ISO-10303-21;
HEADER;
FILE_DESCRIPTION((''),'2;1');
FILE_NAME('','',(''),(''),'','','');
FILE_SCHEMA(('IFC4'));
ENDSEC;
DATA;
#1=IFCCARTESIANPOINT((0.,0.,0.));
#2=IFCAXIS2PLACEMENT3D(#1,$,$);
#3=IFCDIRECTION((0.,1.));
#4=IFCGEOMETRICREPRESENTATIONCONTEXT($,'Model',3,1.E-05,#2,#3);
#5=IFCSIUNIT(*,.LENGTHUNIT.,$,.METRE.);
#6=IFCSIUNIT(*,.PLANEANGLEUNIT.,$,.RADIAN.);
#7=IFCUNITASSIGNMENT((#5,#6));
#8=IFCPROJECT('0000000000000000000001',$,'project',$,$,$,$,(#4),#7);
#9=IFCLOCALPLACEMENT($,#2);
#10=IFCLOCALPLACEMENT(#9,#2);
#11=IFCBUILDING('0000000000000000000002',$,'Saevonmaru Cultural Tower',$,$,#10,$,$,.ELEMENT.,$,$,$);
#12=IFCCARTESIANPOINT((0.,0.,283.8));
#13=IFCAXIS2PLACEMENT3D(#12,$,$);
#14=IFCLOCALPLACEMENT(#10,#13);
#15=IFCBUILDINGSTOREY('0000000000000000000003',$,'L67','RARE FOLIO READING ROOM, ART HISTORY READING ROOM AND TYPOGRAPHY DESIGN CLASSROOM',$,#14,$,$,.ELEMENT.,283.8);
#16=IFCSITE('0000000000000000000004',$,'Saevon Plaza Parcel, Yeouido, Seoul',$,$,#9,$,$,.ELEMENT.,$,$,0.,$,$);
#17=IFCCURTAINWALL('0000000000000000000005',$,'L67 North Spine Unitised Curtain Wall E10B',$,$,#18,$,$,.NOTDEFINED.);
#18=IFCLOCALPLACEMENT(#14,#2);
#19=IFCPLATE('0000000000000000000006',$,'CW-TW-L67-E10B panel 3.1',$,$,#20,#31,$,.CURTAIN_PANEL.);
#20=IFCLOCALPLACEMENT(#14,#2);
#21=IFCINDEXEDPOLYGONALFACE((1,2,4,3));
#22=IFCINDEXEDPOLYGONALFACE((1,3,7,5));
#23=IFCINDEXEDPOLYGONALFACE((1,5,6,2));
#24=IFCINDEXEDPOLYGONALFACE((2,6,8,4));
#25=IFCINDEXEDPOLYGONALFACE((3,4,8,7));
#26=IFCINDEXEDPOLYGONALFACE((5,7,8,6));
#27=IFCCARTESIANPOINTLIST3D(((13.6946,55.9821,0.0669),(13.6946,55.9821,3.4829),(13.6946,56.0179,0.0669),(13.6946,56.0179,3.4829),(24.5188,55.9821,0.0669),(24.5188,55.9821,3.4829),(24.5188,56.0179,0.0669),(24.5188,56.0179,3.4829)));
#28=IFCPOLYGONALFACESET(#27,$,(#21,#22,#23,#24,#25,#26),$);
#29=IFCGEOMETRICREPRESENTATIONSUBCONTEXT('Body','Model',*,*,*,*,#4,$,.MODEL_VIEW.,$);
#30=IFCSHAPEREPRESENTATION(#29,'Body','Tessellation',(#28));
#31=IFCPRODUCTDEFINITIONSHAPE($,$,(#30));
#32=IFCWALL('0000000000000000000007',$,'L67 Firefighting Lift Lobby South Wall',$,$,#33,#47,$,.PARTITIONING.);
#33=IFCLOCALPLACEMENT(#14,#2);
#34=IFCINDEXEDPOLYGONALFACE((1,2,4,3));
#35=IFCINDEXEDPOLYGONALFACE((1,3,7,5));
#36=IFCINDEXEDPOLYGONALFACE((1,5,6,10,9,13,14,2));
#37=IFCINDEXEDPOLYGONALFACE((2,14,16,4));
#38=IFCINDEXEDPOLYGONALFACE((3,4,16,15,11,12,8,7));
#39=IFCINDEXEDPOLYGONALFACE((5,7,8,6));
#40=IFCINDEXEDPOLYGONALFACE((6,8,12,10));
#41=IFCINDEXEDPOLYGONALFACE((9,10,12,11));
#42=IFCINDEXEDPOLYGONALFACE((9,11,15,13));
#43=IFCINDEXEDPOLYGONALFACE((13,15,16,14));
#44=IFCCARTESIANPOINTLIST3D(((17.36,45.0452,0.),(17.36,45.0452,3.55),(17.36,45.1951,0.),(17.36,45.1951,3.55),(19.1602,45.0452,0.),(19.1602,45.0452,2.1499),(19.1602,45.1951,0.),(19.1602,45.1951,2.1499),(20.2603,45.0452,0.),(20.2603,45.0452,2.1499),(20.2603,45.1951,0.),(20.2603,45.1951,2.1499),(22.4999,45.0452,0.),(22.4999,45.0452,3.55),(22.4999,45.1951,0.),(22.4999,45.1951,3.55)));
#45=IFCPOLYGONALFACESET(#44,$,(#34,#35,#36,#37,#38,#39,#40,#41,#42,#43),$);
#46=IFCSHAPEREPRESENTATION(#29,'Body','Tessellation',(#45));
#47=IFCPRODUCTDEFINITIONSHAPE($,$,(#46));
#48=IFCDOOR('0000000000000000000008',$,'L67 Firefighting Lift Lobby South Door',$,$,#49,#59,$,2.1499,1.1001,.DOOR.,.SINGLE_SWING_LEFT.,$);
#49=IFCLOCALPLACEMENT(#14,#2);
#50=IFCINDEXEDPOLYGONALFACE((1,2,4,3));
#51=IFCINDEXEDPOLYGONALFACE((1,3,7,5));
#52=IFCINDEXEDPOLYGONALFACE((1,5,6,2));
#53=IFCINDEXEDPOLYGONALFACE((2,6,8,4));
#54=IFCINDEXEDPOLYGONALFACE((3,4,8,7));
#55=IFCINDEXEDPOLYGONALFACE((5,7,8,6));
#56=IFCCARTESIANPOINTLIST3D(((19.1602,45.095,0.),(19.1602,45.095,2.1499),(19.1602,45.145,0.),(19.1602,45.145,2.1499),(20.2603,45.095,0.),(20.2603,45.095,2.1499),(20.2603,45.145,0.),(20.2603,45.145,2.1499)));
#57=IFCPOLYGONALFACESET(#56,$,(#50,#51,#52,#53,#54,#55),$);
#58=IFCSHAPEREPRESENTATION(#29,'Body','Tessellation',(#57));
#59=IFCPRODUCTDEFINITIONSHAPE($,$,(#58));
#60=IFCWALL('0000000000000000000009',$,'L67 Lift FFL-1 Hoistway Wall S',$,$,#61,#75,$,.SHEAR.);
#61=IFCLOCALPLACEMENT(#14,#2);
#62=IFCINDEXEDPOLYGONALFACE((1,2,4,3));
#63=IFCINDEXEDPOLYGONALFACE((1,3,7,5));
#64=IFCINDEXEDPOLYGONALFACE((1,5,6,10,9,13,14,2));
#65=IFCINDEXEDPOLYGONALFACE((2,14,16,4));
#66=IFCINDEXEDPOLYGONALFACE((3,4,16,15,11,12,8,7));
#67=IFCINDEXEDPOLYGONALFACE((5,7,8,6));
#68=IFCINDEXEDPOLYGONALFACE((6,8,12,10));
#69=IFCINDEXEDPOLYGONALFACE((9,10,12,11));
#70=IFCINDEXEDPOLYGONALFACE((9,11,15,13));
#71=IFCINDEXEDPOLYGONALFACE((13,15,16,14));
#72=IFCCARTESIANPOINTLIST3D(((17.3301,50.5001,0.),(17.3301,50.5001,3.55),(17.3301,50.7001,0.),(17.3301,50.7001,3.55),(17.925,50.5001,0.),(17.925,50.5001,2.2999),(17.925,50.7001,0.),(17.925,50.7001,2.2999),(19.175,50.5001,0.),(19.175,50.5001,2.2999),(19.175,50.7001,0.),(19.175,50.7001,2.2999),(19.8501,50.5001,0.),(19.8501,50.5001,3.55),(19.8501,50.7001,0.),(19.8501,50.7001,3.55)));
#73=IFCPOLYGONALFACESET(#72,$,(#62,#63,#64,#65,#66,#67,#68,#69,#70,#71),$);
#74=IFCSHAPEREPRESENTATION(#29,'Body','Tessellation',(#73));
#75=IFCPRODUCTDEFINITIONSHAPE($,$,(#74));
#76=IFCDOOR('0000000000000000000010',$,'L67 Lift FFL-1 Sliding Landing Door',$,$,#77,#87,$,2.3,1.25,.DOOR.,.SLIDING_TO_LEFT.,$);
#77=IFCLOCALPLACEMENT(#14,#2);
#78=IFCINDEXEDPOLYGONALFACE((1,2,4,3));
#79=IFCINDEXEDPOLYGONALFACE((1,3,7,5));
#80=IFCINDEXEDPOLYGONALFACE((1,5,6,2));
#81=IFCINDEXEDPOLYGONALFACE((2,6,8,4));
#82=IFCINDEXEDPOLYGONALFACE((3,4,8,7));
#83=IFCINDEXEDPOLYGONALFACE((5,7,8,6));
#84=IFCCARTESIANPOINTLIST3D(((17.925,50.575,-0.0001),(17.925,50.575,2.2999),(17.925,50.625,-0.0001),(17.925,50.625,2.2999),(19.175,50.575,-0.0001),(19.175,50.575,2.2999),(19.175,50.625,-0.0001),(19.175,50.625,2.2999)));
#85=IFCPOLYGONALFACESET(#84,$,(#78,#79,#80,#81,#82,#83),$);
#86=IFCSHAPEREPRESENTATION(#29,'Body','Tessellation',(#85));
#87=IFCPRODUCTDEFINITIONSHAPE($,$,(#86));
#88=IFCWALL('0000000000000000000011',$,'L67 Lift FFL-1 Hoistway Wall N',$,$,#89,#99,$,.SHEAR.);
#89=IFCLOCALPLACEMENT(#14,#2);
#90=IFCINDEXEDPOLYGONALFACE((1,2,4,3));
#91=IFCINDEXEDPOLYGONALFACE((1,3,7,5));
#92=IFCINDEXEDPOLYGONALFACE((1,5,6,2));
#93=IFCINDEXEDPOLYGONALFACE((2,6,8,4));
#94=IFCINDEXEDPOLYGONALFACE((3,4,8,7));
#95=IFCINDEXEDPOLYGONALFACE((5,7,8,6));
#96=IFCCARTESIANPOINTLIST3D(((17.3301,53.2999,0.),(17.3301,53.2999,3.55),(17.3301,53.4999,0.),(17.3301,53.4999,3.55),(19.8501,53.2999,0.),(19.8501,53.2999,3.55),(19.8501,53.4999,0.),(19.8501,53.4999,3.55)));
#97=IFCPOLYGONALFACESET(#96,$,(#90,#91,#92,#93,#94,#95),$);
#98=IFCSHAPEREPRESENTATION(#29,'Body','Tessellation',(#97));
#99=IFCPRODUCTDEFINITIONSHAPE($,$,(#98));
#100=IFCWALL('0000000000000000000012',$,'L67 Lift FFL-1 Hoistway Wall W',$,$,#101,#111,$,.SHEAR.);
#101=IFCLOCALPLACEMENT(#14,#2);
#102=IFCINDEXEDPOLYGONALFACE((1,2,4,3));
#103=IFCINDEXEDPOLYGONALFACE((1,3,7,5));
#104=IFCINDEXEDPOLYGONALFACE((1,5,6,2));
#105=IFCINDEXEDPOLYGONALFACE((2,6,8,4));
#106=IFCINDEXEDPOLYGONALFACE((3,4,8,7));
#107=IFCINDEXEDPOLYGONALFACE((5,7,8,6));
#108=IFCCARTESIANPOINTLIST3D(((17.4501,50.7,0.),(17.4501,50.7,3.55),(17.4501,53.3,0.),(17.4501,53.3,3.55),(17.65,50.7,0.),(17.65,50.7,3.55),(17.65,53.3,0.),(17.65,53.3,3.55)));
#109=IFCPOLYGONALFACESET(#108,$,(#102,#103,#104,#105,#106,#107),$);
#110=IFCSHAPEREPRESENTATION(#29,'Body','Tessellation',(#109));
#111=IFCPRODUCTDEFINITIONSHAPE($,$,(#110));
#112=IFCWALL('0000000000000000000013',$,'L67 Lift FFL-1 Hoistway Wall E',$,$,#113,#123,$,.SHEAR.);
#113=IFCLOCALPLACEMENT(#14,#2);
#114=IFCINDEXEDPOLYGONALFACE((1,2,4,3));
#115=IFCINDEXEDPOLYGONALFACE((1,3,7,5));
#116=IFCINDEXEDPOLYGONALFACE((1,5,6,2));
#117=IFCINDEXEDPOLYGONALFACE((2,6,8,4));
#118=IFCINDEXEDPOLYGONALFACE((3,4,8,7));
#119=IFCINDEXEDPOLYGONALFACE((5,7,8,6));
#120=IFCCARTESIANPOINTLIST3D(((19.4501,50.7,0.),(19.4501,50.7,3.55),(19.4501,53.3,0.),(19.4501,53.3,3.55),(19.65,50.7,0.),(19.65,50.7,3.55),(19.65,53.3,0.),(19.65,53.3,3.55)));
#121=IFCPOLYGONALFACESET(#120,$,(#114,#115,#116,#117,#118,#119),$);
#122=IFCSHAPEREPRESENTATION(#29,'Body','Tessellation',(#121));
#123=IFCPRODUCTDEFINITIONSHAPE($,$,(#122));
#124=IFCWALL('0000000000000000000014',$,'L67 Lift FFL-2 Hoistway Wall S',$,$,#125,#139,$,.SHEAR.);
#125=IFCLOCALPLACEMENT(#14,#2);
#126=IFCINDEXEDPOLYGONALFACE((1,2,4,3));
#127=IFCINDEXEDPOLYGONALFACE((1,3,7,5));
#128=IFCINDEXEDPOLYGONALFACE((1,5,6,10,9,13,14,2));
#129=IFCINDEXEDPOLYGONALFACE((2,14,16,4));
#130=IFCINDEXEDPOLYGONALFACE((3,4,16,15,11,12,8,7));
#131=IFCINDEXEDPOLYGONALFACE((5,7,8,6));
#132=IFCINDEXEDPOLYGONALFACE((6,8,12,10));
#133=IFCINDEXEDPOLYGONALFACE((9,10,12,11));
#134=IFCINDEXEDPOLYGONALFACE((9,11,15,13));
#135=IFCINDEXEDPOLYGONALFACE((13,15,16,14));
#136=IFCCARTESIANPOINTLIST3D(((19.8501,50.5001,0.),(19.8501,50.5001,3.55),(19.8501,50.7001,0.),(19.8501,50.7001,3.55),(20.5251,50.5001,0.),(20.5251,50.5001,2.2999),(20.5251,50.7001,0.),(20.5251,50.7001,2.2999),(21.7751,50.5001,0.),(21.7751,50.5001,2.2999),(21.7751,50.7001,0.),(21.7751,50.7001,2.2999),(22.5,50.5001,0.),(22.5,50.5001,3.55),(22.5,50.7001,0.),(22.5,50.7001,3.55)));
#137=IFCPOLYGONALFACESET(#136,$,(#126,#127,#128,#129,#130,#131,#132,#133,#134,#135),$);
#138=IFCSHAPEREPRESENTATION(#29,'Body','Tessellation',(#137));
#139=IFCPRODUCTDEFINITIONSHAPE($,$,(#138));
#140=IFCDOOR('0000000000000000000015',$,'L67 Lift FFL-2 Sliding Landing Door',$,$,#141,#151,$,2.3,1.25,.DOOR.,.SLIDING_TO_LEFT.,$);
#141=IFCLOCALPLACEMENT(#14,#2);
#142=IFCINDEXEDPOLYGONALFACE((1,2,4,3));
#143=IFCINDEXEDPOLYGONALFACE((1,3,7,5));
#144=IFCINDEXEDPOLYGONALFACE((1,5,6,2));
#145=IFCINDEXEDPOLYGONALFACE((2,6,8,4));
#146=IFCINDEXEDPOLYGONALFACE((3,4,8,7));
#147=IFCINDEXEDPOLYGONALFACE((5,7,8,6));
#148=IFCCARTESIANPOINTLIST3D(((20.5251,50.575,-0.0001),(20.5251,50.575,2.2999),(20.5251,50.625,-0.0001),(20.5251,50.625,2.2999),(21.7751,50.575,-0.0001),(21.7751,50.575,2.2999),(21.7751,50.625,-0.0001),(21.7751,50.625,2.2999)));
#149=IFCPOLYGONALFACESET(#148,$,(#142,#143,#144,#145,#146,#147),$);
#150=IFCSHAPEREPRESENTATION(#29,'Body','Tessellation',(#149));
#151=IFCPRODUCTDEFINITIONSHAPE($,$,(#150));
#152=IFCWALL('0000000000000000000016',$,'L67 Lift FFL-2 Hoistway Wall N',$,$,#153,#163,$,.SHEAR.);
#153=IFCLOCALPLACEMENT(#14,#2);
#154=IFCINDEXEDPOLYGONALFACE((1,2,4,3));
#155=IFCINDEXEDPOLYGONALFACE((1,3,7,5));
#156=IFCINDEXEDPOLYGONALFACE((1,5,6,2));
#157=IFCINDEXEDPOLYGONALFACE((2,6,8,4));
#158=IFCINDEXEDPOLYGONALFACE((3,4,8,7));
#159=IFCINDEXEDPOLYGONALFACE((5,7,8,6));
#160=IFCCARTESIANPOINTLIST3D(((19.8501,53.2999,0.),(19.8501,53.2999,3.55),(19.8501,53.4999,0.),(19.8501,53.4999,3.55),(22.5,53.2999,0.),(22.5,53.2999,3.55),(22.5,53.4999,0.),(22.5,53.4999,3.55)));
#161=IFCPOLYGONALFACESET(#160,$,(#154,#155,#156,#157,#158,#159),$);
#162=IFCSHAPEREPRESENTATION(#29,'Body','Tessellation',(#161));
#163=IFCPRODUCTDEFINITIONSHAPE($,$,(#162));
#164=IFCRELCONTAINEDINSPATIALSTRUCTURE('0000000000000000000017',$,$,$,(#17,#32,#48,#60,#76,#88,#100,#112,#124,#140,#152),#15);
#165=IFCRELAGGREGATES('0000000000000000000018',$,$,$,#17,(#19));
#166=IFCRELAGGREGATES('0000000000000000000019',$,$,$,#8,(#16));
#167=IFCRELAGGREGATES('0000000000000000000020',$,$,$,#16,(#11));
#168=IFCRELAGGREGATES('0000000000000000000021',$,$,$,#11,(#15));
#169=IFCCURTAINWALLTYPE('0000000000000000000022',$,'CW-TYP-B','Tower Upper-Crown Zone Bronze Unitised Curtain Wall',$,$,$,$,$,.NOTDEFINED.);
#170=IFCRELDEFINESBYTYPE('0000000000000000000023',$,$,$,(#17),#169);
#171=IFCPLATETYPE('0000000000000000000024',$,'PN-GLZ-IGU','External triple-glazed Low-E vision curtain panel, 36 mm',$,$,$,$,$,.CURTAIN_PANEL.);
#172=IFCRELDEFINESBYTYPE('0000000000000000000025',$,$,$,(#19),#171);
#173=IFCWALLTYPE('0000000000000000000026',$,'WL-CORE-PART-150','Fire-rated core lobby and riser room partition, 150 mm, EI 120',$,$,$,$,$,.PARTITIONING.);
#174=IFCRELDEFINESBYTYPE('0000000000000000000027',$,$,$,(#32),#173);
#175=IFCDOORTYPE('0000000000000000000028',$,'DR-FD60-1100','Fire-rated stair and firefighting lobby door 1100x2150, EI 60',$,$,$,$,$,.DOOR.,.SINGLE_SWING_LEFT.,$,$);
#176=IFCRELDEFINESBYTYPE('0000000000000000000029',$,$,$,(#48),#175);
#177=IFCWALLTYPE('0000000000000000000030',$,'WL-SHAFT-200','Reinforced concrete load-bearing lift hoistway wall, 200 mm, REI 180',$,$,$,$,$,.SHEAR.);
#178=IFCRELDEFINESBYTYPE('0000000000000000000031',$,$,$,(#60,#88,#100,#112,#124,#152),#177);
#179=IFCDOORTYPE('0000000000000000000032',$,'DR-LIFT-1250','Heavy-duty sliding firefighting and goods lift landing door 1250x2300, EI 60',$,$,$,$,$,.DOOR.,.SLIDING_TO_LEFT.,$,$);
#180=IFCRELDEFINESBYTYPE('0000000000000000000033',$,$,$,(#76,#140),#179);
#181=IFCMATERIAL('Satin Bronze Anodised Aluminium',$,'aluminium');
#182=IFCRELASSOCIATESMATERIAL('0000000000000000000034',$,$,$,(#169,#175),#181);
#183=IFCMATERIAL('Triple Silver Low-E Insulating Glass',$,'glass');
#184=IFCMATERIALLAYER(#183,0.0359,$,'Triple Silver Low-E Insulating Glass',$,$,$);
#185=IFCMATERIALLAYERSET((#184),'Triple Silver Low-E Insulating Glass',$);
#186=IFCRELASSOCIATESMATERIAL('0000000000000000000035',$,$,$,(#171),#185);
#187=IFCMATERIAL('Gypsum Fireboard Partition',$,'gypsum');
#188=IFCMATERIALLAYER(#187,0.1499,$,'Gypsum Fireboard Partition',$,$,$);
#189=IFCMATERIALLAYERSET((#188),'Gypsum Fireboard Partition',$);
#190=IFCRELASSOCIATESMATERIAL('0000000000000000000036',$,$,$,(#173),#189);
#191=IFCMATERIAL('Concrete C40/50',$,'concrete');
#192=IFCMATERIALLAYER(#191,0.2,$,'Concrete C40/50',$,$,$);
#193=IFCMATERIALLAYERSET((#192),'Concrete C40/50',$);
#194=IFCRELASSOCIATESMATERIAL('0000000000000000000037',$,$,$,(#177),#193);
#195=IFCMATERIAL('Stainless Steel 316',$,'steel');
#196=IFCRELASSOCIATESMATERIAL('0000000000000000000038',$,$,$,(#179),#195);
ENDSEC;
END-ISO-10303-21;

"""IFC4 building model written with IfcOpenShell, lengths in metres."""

from ifc_helpers import new_model, si_unit, direction, frame, frame_2d, origin, origin_2d, place, context, subcontext, project, spatial, rectangle, extrude, material, layer, layer_set, type_object, element, fill, aggregate, save


model = new_model("IFC4")

# Units and contexts
model_context = context("Model", 3, precision=1e-05, world=origin(), true_north=direction((0.0, 1.0)))
body_context = subcontext(model_context, "Body", "Model", "MODEL_VIEW")
ifc_project = project(units=[si_unit("LENGTHUNIT", "METRE"), si_unit("PLANEANGLEUNIT", "RADIAN")], contexts=[model_context])

# Site, building, storey
site_placement = place(None, origin())
site = spatial("IfcSite", under=ifc_project, at=site_placement, Name="Saevon Plaza Parcel, Yeouido, Seoul", CompositionType="ELEMENT", RefElevation=0.0)
building_placement = place(site_placement, origin())
building = spatial("IfcBuilding", under=site, at=building_placement, Name="Saevonmaru Cultural Tower", CompositionType="ELEMENT")
storey_placement = place(building_placement, frame((0.0, 0.0, 283.8)))
storey = spatial("IfcBuildingStorey", under=building, at=storey_placement, Name="L67", Description="RARE FOLIO READING ROOM, ART HISTORY READING ROOM AND TYPOGRAPHY DESIGN CLASSROOM", CompositionType="ELEMENT", Elevation=283.8)

# Curtain wall, plate
ifc_material_1 = material(Name="Satin Bronze Anodised Aluminium", Category="aluminium")
curtain_wall_type = type_object("IfcCurtainWallType", Name="CW-TYP-B", Description="Tower Upper-Crown Zone Bronze Unitised Curtain Wall", PredefinedType="NOTDEFINED", material=ifc_material_1)
curtain_wall_placement = place(storey_placement, origin())
curtain_wall = element("IfcCurtainWall", 1, at=curtain_wall_placement, inside=storey, type_object=curtain_wall_type, Name="L67 North Spine Unitised Curtain Wall E10B", PredefinedType="NOTDEFINED")
ifc_material_2 = material(Name="Triple Silver Low-E Insulating Glass", Category="glass")
ifc_layer_1 = layer(ifc_material_2, 0.0359, Name="Triple Silver Low-E Insulating Glass")
ifc_layer_set_1 = layer_set([ifc_layer_1], Name="Triple Silver Low-E Insulating Glass")
plate_type = type_object("IfcPlateType", Name="PN-GLZ-IGU", Description="External triple-glazed Low-E vision curtain panel, 36 mm", PredefinedType="CURTAIN_PANEL", material=ifc_layer_set_1)
plate_placement = place(storey_placement, frame((19.1067, 56.0, 0.0669), z_axis=(0.0, 0.0, 1.0), x_axis=(-1.0, 0.0, 0.0)))
plate = element("IfcPlate", 2, at=plate_placement, type_object=plate_type, Name="CW-TW-L67-E10B panel 3.1", PredefinedType="CURTAIN_PANEL", context=body_context, shape_type="SweptSolid", body=[
    extrude(rectangle(XDim=10.8242, YDim=0.0359, at=origin_2d()), origin(), (0.0, 0.0, 1.0), 3.416),
])
aggregate(curtain_wall, [plate])

# Walls, openings, doors
ifc_material_3 = material(Name="Gypsum Fireboard Partition", Category="gypsum")
ifc_layer_2 = layer(ifc_material_3, 0.1499, Name="Gypsum Fireboard Partition")
ifc_layer_set_2 = layer_set([ifc_layer_2], Name="Gypsum Fireboard Partition")
wall_type_1 = type_object("IfcWallType", Name="WL-CORE-PART-150", Description="Fire-rated core lobby and riser room partition, 150 mm, EI 120", PredefinedType="PARTITIONING", material=ifc_layer_set_2)
wall_1_placement = place(storey_placement, frame((17.3601, 45.1201, 0.0), z_axis=(0.0, 0.0, 1.0), x_axis=(1.0, 0.0, 0.0)))
wall_1 = element("IfcWall", 3, at=wall_1_placement, inside=storey, type_object=wall_type_1, Name="L67 Firefighting Lift Lobby South Wall", PredefinedType="PARTITIONING", context=body_context, shape_type="SweptSolid", body=[
    extrude(rectangle(XDim=5.1399, YDim=0.1499, at=frame_2d((2.5698, 0.0))), origin(), (0.0, 0.0, 1.0), 3.55),
])
opening_1_placement = place(wall_1_placement, frame((1.8, 0.0, 0.0)))
opening_1 = element("IfcOpeningElement", 4, at=opening_1_placement, cuts=wall_1, PredefinedType="OPENING", context=body_context, shape_type="SweptSolid", body=[
    extrude(rectangle(XDim=1.1001, YDim=2.1499, at=frame_2d((0.55, 1.075))), frame((0.0, 0.085, 0.0), z_axis=(0.0, -1.0, 0.0), x_axis=(1.0, 0.0, 0.0)), (0.0, 0.0, 1.0), 0.1699),
])
door_type_1 = type_object("IfcDoorType", Name="DR-FD60-1100", Description="Fire-rated stair and firefighting lobby door 1100x2150, EI 60", OperationType="SINGLE_SWING_LEFT", PredefinedType="DOOR", material=ifc_material_1)
door_1_placement = place(opening_1_placement, origin())
door_1 = element("IfcDoor", 5, at=door_1_placement, inside=storey, type_object=door_type_1, Name="L67 Firefighting Lift Lobby South Door", OperationType="SINGLE_SWING_LEFT", OverallHeight=2.1499, OverallWidth=1.1001, PredefinedType="DOOR", context=body_context, shape_type="SweptSolid", body=[
    extrude(rectangle(XDim=1.1001, YDim=2.1499, at=frame_2d((0.55, 1.075))), frame((0.0, 0.0249, 0.0), z_axis=(0.0, -1.0, 0.0), x_axis=(1.0, 0.0, 0.0)), (0.0, 0.0, 1.0), 0.05),
])
fill(opening_1, door_1)
ifc_material_4 = material(Name="Concrete C40/50", Category="concrete")
ifc_layer_3 = layer(ifc_material_4, 0.2, Name="Concrete C40/50")
ifc_layer_set_3 = layer_set([ifc_layer_3], Name="Concrete C40/50")
wall_type_2 = type_object("IfcWallType", Name="WL-SHAFT-200", Description="Reinforced concrete load-bearing lift hoistway wall, 200 mm, REI 180", PredefinedType="SHEAR", material=ifc_layer_set_3)
wall_2_placement = place(storey_placement, frame((17.3301, 50.6001, 0.0), z_axis=(0.0, 0.0, 1.0), x_axis=(1.0, 0.0, 0.0)))
wall_2 = element("IfcWall", 6, at=wall_2_placement, inside=storey, type_object=wall_type_2, Name="L67 Lift FFL-1 Hoistway Wall S", PredefinedType="SHEAR", context=body_context, shape_type="SweptSolid", body=[
    extrude(rectangle(XDim=2.52, YDim=0.2, at=frame_2d((1.26, 0.0))), origin(), (0.0, 0.0, 1.0), 3.55),
])
opening_2_placement = place(wall_2_placement, frame((0.595, 0.0, 0.0)))
opening_2 = element("IfcOpeningElement", 7, at=opening_2_placement, cuts=wall_2, PredefinedType="OPENING", context=body_context, shape_type="SweptSolid", body=[
    extrude(rectangle(XDim=1.25, YDim=2.3, at=frame_2d((0.625, 1.1499))), frame((0.0, 0.1099, 0.0), z_axis=(0.0, -1.0, 0.0), x_axis=(1.0, 0.0, 0.0)), (0.0, 0.0, 1.0), 0.22),
])
ifc_material_5 = material(Name="Stainless Steel 316", Category="steel")
door_type_2 = type_object("IfcDoorType", Name="DR-LIFT-1250", Description="Heavy-duty sliding firefighting and goods lift landing door 1250x2300, EI 60", OperationType="SLIDING_TO_LEFT", PredefinedType="DOOR", material=ifc_material_5)
door_2_placement = place(opening_2_placement, origin())
door_2 = element("IfcDoor", 8, at=door_2_placement, inside=storey, type_object=door_type_2, Name="L67 Lift FFL-1 Sliding Landing Door", OperationType="SLIDING_TO_LEFT", OverallHeight=2.3, OverallWidth=1.25, PredefinedType="DOOR", context=body_context, shape_type="SweptSolid", body=[
    extrude(rectangle(XDim=1.25, YDim=2.3, at=frame_2d((0.625, 1.1499))), frame((0.0, 0.0249, 0.0), z_axis=(0.0, -1.0, 0.0), x_axis=(1.0, 0.0, 0.0)), (0.0, 0.0, 1.0), 0.05),
])
fill(opening_2, door_2)

# Walls
wall_3_placement = place(storey_placement, frame((17.3301, 53.3999, 0.0), z_axis=(0.0, 0.0, 1.0), x_axis=(1.0, 0.0, 0.0)))
element("IfcWall", 9, at=wall_3_placement, inside=storey, type_object=wall_type_2, Name="L67 Lift FFL-1 Hoistway Wall N", PredefinedType="SHEAR", context=body_context, shape_type="SweptSolid", body=[
    extrude(rectangle(XDim=2.52, YDim=0.2, at=frame_2d((1.26, 0.0))), origin(), (0.0, 0.0, 1.0), 3.55),
])
for number, where, z_axis, x_axis, name in (
    (10, (17.55, 50.7, 0.0), (0.0, 0.0, 1.0), (0.0, 1.0, 0.0), "L67 Lift FFL-1 Hoistway Wall W"),
    (11, (19.55, 50.7, 0.0), (0.0, 0.0, 1.0), (0.0, 1.0, 0.0), "L67 Lift FFL-1 Hoistway Wall E"),
):
    element("IfcWall", number, at=place(storey_placement, frame(where, z_axis=z_axis, x_axis=x_axis)), inside=storey, type_object=wall_type_2, Name=name, PredefinedType="SHEAR", context=body_context, shape_type="SweptSolid", body=[
        extrude(rectangle(XDim=2.6001, YDim=0.2, at=frame_2d((1.3, 0.0))), origin(), (0.0, 0.0, 1.0), 3.55),
    ])

# Wall, opening, door
wall_4_placement = place(storey_placement, frame((19.8501, 50.6001, 0.0), z_axis=(0.0, 0.0, 1.0), x_axis=(1.0, 0.0, 0.0)))
wall_4 = element("IfcWall", 12, at=wall_4_placement, inside=storey, type_object=wall_type_2, Name="L67 Lift FFL-2 Hoistway Wall S", PredefinedType="SHEAR", context=body_context, shape_type="SweptSolid", body=[
    extrude(rectangle(XDim=2.6499, YDim=0.2, at=frame_2d((1.325, 0.0))), origin(), (0.0, 0.0, 1.0), 3.55),
])
opening_3_placement = place(wall_4_placement, frame((0.675, 0.0, 0.0)))
opening_3 = element("IfcOpeningElement", 13, at=opening_3_placement, cuts=wall_4, PredefinedType="OPENING", context=body_context, shape_type="SweptSolid", body=[
    extrude(rectangle(XDim=1.25, YDim=2.3, at=frame_2d((0.625, 1.1499))), frame((0.0, 0.1099, 0.0), z_axis=(0.0, -1.0, 0.0), x_axis=(1.0, 0.0, 0.0)), (0.0, 0.0, 1.0), 0.22),
])
door_3_placement = place(opening_3_placement, origin())
door_3 = element("IfcDoor", 14, at=door_3_placement, inside=storey, type_object=door_type_2, Name="L67 Lift FFL-2 Sliding Landing Door", OperationType="SLIDING_TO_LEFT", OverallHeight=2.3, OverallWidth=1.25, PredefinedType="DOOR", context=body_context, shape_type="SweptSolid", body=[
    extrude(rectangle(XDim=1.25, YDim=2.3, at=frame_2d((0.625, 1.1499))), frame((0.0, 0.0249, 0.0), z_axis=(0.0, -1.0, 0.0), x_axis=(1.0, 0.0, 0.0)), (0.0, 0.0, 1.0), 0.05),
])
fill(opening_3, door_3)

# Wall
wall_5_placement = place(storey_placement, frame((19.8501, 53.3999, 0.0), z_axis=(0.0, 0.0, 1.0), x_axis=(1.0, 0.0, 0.0)))
element("IfcWall", 15, at=wall_5_placement, inside=storey, type_object=wall_type_2, Name="L67 Lift FFL-2 Hoistway Wall N", PredefinedType="SHEAR", context=body_context, shape_type="SweptSolid", body=[
    extrude(rectangle(XDim=2.6499, YDim=0.2, at=frame_2d((1.325, 0.0))), origin(), (0.0, 0.0, 1.0), 3.55),
])

save(model, "model.ifc")
